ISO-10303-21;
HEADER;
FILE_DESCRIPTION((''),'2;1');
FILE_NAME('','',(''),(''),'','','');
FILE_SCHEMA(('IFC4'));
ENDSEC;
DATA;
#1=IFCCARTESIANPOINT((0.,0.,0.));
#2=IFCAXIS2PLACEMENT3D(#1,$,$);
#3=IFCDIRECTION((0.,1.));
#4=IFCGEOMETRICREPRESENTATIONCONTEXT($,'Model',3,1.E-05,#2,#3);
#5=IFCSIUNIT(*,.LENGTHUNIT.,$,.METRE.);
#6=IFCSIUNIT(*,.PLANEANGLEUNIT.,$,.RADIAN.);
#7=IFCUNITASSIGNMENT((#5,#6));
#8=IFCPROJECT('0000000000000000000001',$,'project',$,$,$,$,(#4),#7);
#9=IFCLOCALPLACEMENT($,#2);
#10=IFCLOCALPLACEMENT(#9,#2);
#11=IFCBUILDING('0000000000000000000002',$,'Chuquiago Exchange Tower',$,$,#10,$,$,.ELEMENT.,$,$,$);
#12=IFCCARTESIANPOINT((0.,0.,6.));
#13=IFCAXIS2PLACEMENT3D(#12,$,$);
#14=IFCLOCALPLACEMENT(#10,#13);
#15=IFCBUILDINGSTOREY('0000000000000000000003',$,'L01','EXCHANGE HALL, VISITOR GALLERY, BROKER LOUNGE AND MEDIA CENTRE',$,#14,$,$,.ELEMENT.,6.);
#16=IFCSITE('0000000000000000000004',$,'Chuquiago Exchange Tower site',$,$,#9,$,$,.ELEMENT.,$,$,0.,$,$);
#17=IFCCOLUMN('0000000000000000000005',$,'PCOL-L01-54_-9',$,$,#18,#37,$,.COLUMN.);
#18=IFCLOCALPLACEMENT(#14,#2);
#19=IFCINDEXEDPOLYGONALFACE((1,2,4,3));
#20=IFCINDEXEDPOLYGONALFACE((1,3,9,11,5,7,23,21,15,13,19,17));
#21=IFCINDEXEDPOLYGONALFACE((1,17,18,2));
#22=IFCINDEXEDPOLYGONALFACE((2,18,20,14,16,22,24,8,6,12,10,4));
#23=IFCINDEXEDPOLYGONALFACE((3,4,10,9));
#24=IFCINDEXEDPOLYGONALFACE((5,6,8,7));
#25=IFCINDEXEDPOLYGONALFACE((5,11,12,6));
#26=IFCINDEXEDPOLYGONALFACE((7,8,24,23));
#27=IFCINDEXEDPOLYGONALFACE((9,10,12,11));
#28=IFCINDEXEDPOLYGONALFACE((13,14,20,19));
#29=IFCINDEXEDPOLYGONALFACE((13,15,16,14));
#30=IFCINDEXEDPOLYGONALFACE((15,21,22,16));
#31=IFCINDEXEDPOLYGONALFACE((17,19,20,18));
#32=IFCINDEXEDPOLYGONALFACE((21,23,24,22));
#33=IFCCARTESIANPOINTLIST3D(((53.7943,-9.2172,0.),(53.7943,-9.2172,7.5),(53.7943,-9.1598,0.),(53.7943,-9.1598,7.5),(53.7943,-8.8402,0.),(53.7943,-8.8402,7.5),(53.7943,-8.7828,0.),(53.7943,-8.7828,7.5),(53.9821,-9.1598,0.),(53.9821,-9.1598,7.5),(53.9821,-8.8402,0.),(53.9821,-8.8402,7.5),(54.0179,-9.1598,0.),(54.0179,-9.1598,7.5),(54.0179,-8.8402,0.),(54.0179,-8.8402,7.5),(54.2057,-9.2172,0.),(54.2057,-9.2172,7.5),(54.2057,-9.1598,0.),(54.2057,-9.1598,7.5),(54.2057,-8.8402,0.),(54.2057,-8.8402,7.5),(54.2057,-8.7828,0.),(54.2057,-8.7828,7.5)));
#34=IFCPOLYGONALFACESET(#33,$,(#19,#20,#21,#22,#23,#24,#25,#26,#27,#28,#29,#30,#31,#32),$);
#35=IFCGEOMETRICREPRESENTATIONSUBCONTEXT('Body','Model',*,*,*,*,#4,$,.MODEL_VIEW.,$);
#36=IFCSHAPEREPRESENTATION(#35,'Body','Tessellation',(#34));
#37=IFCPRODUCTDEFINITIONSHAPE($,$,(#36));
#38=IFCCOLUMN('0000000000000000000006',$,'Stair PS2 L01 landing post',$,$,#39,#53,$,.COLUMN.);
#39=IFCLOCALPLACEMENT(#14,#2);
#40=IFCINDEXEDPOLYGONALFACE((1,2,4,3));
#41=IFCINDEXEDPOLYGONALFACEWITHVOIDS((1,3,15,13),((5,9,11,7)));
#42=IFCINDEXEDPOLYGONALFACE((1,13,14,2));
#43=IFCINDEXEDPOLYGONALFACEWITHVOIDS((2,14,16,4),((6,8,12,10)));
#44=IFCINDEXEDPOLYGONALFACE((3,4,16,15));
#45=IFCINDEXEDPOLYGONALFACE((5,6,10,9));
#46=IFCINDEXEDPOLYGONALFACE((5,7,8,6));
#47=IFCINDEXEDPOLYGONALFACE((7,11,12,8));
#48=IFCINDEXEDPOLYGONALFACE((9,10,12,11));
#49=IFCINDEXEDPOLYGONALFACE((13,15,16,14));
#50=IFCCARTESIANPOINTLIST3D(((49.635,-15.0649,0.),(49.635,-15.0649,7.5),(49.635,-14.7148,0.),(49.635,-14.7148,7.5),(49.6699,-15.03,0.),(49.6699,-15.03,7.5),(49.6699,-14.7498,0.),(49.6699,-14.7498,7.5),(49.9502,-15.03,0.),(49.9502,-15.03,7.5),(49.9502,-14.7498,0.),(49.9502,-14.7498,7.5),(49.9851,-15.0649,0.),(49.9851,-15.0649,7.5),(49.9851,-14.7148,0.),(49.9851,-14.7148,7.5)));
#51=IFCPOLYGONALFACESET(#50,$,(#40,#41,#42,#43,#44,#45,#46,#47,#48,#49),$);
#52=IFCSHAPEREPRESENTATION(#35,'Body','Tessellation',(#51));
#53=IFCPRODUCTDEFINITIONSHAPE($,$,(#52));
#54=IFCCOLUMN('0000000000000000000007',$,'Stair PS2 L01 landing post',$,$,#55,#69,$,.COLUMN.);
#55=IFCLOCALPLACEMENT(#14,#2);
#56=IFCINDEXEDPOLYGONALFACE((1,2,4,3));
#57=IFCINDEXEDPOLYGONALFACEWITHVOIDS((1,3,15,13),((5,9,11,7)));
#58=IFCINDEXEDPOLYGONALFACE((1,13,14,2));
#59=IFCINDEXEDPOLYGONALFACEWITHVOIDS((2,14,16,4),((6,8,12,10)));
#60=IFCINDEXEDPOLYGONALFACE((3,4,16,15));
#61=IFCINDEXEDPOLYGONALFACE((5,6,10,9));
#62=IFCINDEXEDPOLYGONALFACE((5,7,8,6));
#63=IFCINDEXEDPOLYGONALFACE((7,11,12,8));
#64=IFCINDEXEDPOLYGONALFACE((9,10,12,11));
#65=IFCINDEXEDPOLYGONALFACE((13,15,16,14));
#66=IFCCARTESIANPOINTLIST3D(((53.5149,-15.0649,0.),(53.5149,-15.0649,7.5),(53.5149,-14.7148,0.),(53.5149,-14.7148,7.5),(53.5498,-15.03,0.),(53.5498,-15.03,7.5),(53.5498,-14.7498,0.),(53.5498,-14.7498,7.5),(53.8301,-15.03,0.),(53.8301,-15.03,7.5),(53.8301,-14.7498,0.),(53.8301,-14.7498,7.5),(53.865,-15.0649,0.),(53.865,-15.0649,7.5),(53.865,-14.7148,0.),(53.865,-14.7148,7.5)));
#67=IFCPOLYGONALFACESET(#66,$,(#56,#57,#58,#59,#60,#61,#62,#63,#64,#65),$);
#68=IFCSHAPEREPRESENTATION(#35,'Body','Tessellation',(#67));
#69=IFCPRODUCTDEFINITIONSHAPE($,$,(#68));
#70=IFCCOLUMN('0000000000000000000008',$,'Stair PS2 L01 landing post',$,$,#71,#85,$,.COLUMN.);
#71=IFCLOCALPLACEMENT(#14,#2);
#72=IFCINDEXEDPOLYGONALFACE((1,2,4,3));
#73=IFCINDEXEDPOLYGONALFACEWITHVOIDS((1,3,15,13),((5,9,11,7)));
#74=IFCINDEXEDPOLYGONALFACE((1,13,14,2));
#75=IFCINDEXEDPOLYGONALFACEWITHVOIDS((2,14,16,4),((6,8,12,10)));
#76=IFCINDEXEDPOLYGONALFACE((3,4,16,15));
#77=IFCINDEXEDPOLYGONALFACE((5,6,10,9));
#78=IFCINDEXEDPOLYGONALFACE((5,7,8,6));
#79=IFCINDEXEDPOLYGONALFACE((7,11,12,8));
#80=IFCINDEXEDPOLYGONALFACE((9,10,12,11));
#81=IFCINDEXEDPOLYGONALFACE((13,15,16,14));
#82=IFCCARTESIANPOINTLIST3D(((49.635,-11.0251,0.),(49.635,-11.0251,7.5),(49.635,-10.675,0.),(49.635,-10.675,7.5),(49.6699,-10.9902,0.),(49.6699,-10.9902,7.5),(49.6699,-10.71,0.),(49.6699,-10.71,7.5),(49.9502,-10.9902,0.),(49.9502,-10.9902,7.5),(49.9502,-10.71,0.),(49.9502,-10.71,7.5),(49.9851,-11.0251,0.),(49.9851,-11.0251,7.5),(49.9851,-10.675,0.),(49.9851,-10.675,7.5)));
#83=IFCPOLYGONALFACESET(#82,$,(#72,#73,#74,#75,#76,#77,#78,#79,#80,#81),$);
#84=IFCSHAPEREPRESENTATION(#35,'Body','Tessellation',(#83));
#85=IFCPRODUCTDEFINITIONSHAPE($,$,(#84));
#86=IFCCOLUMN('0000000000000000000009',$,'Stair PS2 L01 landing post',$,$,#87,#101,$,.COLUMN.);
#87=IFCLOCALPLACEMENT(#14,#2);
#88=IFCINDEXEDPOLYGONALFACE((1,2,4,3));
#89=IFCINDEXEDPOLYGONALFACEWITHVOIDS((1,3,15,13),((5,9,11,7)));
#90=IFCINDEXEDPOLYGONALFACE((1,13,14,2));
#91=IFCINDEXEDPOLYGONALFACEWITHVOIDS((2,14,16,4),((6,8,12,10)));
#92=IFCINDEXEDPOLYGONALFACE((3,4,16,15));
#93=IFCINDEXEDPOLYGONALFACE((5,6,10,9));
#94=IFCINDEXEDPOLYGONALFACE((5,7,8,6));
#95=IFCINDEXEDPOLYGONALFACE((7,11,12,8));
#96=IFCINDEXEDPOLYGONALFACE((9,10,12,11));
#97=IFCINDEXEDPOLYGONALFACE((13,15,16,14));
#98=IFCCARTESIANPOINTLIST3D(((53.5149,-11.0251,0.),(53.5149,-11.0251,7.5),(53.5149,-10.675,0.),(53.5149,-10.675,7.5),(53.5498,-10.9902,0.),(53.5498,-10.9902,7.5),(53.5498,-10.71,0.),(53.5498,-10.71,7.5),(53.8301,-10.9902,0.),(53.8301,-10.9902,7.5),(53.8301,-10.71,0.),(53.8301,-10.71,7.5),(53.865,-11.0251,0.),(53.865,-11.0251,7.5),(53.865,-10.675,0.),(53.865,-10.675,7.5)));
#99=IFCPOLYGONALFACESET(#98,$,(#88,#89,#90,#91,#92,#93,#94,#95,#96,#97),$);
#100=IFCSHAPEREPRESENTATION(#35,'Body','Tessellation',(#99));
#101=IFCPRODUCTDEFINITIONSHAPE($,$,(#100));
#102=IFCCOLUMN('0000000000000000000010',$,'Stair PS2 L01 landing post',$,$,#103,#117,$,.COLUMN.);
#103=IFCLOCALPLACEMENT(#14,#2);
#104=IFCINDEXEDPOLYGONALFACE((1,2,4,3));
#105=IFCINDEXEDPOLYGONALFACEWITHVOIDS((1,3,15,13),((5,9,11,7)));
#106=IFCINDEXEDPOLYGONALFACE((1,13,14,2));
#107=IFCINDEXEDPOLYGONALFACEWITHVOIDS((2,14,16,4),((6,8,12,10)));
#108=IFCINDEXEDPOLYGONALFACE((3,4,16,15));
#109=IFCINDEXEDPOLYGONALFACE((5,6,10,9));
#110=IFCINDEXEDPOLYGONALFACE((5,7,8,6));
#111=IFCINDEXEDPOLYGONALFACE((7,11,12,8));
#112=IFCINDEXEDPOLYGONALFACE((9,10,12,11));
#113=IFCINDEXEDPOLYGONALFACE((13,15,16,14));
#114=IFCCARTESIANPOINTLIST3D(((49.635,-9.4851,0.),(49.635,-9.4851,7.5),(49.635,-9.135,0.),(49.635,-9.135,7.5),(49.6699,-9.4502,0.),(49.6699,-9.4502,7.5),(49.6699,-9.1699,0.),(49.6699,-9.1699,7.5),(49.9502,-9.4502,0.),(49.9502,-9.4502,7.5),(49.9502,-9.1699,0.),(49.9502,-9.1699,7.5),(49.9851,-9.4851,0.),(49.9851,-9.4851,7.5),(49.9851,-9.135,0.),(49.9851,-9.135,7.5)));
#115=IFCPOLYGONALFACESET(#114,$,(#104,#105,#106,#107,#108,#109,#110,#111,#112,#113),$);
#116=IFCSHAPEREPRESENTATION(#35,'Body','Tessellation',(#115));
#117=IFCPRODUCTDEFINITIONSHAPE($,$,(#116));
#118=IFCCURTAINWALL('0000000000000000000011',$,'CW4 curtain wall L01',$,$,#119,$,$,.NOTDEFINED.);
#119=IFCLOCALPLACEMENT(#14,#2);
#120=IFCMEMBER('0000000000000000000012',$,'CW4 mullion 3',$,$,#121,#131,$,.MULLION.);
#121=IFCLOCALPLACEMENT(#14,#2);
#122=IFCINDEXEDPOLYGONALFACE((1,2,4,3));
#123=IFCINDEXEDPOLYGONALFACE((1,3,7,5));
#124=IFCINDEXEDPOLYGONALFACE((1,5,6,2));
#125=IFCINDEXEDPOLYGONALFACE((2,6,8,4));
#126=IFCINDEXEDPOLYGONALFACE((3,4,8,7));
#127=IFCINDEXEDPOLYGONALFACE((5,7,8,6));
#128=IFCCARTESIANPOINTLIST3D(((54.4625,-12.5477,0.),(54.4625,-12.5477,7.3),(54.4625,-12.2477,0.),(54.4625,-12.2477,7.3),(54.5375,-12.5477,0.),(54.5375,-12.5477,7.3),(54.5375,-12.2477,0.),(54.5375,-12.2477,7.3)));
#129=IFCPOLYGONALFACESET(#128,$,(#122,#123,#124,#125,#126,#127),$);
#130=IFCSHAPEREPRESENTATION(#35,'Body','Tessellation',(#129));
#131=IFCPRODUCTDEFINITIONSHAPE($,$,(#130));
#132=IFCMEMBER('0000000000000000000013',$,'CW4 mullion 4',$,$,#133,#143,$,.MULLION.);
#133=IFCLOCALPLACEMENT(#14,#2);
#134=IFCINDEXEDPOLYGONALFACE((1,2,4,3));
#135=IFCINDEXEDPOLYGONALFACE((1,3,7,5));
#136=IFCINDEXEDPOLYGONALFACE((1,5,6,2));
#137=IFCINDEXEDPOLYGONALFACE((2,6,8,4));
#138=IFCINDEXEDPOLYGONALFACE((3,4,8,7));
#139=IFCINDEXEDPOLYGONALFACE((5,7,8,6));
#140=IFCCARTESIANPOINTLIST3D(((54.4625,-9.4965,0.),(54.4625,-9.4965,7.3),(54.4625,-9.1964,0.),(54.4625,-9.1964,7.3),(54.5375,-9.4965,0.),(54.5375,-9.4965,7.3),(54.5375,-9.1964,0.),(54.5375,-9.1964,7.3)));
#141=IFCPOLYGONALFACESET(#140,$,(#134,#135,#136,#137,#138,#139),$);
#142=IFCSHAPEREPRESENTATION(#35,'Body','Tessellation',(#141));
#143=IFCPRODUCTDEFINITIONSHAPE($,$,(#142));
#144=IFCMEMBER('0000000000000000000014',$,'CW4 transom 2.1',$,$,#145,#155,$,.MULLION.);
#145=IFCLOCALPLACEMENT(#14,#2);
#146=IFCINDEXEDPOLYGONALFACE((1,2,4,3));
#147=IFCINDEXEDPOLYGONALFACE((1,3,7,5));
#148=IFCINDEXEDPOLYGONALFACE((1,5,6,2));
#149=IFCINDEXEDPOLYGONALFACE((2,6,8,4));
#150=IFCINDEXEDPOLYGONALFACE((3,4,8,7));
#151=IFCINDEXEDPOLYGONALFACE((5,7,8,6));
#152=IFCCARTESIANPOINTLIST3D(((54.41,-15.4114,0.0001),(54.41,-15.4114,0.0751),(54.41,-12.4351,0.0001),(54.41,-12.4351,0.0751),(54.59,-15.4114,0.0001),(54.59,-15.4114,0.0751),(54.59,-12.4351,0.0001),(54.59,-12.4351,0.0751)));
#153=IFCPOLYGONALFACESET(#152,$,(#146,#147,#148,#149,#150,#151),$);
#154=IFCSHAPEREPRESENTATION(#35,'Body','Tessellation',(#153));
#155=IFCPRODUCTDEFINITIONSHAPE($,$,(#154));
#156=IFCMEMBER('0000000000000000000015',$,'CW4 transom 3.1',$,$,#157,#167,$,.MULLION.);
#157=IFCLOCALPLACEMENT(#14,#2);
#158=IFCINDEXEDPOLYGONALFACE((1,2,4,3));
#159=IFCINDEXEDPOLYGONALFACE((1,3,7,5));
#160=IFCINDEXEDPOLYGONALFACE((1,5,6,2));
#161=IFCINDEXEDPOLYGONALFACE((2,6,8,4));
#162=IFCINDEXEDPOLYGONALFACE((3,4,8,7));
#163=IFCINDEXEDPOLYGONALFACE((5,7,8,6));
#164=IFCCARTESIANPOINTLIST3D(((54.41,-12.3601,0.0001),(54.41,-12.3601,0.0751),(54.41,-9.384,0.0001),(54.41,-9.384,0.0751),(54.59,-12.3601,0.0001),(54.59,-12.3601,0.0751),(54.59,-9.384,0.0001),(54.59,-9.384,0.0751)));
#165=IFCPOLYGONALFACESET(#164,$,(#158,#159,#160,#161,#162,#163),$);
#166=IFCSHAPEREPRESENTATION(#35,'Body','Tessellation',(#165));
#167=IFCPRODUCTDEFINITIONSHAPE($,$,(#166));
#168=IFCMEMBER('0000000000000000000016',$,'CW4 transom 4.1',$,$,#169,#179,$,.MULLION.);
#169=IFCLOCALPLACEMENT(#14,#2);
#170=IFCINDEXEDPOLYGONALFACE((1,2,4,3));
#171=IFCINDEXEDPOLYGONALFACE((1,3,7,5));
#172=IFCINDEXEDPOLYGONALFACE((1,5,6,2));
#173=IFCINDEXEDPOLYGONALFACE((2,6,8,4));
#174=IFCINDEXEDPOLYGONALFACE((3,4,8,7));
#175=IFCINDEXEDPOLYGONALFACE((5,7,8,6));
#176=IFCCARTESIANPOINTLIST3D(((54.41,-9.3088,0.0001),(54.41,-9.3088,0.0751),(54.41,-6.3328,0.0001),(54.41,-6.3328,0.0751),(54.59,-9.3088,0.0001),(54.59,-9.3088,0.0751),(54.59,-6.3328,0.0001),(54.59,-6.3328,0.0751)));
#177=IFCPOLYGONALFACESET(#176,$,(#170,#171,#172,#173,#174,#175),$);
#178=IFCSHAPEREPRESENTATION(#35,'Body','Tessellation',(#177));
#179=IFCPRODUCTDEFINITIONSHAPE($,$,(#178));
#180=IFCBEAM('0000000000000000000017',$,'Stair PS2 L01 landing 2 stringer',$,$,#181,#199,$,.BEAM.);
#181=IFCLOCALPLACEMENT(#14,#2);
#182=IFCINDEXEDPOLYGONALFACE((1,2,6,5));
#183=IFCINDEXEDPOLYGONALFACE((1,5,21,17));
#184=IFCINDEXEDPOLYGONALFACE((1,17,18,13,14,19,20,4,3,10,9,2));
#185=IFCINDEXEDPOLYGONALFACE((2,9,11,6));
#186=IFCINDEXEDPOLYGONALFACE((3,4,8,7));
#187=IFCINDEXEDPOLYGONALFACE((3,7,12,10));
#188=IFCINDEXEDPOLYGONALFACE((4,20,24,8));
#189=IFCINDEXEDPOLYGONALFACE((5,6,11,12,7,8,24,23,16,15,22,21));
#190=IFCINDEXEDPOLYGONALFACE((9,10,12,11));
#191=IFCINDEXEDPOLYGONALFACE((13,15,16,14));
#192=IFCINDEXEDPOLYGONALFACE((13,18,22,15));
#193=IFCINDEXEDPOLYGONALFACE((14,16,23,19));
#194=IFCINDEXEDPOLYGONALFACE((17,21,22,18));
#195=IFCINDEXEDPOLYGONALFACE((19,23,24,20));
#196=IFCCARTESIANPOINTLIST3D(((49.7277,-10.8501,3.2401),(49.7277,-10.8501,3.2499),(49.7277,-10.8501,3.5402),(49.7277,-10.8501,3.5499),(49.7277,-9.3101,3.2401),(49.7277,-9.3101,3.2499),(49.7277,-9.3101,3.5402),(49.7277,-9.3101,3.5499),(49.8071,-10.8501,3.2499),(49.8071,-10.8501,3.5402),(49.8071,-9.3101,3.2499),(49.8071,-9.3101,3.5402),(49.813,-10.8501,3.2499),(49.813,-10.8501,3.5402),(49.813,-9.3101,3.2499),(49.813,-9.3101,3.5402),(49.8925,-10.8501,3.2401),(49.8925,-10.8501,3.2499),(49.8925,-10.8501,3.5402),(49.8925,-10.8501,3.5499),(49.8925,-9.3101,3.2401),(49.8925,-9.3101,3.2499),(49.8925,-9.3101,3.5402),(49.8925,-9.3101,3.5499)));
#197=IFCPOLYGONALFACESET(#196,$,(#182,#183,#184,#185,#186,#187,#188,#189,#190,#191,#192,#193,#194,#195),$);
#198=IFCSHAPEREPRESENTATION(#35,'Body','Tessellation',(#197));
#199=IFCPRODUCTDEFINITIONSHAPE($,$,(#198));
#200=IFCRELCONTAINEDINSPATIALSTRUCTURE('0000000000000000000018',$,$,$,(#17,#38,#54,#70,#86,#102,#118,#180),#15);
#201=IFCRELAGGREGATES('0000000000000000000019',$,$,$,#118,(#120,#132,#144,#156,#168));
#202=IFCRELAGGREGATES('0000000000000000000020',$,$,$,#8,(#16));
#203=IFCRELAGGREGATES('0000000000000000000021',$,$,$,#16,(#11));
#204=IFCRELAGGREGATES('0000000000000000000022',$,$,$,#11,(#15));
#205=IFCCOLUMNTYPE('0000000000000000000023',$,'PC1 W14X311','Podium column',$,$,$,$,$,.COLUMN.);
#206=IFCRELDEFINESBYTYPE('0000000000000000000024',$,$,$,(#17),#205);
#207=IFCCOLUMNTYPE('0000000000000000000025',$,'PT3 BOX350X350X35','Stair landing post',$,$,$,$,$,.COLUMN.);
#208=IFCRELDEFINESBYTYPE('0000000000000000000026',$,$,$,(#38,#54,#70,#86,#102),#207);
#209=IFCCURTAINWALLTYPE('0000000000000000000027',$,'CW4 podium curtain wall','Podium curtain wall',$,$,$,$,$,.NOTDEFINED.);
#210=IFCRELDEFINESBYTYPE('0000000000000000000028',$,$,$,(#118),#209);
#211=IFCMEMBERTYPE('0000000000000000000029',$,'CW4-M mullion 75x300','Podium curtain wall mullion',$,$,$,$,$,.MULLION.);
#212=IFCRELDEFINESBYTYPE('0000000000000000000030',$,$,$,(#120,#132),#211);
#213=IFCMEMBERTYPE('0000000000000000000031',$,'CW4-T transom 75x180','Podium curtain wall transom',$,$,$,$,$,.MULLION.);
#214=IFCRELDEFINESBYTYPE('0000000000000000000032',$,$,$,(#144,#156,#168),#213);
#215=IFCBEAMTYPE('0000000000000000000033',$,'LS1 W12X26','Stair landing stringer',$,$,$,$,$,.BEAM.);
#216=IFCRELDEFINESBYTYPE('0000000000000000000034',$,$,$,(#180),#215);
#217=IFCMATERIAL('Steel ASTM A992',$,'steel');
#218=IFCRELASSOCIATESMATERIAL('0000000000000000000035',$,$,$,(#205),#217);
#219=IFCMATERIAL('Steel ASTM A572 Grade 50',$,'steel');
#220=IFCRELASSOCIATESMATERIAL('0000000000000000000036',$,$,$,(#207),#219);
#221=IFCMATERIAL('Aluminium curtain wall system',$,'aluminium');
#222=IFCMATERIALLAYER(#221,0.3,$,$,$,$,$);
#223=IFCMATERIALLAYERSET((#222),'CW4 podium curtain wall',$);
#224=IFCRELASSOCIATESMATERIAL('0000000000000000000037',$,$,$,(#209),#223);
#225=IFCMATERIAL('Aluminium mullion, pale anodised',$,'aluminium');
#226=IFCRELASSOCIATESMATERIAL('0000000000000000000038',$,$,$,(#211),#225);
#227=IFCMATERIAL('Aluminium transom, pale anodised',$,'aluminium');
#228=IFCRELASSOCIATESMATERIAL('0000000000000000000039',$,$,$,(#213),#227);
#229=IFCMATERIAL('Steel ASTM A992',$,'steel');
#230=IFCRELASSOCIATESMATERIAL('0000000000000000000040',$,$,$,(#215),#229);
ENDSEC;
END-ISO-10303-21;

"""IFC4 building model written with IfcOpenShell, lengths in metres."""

from ifc_helpers import new_model, si_unit, direction, frame, origin, origin_2d, place, context, subcontext, project, spatial, rectangle, hollow_rectangle, i_section, extrude, material, layer, layer_set, material_profile, profile_set, type_object, element, aggregate, save


model = new_model("IFC4")

# Units and contexts
model_context = context("Model", 3, precision=1e-05, world=origin(), true_north=direction((0.0, 1.0)))
body_context = subcontext(model_context, "Body", "Model", "MODEL_VIEW")
ifc_project = project(units=[si_unit("LENGTHUNIT", "METRE"), si_unit("PLANEANGLEUNIT", "RADIAN")], contexts=[model_context])

# Site, building, storey
site_placement = place(None, origin())
site = spatial("IfcSite", under=ifc_project, at=site_placement, Name="Chuquiago Exchange Tower site", CompositionType="ELEMENT", RefElevation=0.0)
building_placement = place(site_placement, origin())
building = spatial("IfcBuilding", under=site, at=building_placement, Name="Chuquiago Exchange Tower", CompositionType="ELEMENT")
storey_placement = place(building_placement, frame((0.0, 0.0, 6.0)))
storey = spatial("IfcBuildingStorey", under=building, at=storey_placement, Name="L01", Description="EXCHANGE HALL, VISITOR GALLERY, BROKER LOUNGE AND MEDIA CENTRE", CompositionType="ELEMENT", Elevation=6.0)

# Columns
ifc_material_1 = material(Name="Steel ASTM A992", Category="steel")
ifc_material_profile_1 = material_profile(ifc_material_1, i_section(OverallWidth=0.4114, OverallDepth=0.4343, WebThickness=0.0359, FlangeThickness=0.0574, at=origin_2d()), Name="W14X311")
ifc_profile_set_1 = profile_set([ifc_material_profile_1], Name="Steel ASTM A992")
column_type_1 = type_object("IfcColumnType", Name="PC1 W14X311", Description="Podium column", PredefinedType="COLUMN", material=ifc_profile_set_1)
column_placement = place(storey_placement, frame((54.0, -9.0, 0.0), z_axis=(0.0, 0.0, 1.0), x_axis=(1.0, 0.0, 0.0)))
element("IfcColumn", 1, at=column_placement, inside=storey, type_object=column_type_1, Name="PCOL-L01-54_-9", PredefinedType="COLUMN", context=body_context, shape_type="SweptSolid", body=[
    extrude(i_section(OverallWidth=0.4114, OverallDepth=0.4343, WebThickness=0.0359, FlangeThickness=0.0574, at=origin_2d()), origin(), (0.0, 0.0, 1.0), 7.5),
])
ifc_material_2 = material(Name="Steel ASTM A572 Grade 50", Category="steel")
ifc_material_profile_2 = material_profile(ifc_material_2, hollow_rectangle(XDim=0.3501, YDim=0.3501, WallThickness=0.0349, at=origin_2d()), Name="BOX350X350X35")
ifc_profile_set_2 = profile_set([ifc_material_profile_2], Name="Steel ASTM A572 Grade 50")
column_type_2 = type_object("IfcColumnType", Name="PT3 BOX350X350X35", Description="Stair landing post", PredefinedType="COLUMN", material=ifc_profile_set_2)
for number, where, z_axis, x_axis, name in (
    (2, (49.8101, -14.8899, 0.0), (0.0, 0.0, 1.0), (1.0, 0.0, 0.0), "Stair PS2 L01 landing post"),
    (3, (53.6899, -14.8899, 0.0), (0.0, 0.0, 1.0), (1.0, 0.0, 0.0), "Stair PS2 L01 landing post"),
    (4, (49.8101, -10.8501, 0.0), (0.0, 0.0, 1.0), (1.0, 0.0, 0.0), "Stair PS2 L01 landing post"),
    (5, (53.6899, -10.8501, 0.0), (0.0, 0.0, 1.0), (1.0, 0.0, 0.0), "Stair PS2 L01 landing post"),
    (6, (49.8101, -9.3101, 0.0), (0.0, 0.0, 1.0), (1.0, 0.0, 0.0), "Stair PS2 L01 landing post"),
):
    element("IfcColumn", number, at=place(storey_placement, frame(where, z_axis=z_axis, x_axis=x_axis)), inside=storey, type_object=column_type_2, Name=name, PredefinedType="COLUMN", context=body_context, shape_type="SweptSolid", body=[
        extrude(hollow_rectangle(XDim=0.3501, YDim=0.3501, WallThickness=0.0349, at=origin_2d()), origin(), (0.0, 0.0, 1.0), 7.5),
    ])

# Curtain wall, members
ifc_material_3 = material(Name="Aluminium curtain wall system", Category="aluminium")
ifc_layer_1 = layer(ifc_material_3, 0.3)
ifc_layer_set_1 = layer_set([ifc_layer_1], Name="CW4 podium curtain wall")
curtain_wall_type = type_object("IfcCurtainWallType", Name="CW4 podium curtain wall", Description="Podium curtain wall", PredefinedType="NOTDEFINED", material=ifc_layer_set_1)
curtain_wall_placement = place(storey_placement, origin())
curtain_wall = element("IfcCurtainWall", 7, at=curtain_wall_placement, inside=storey, type_object=curtain_wall_type, Name="CW4 curtain wall L01", PredefinedType="NOTDEFINED")
ifc_material_4 = material(Name="Aluminium mullion, pale anodised", Category="aluminium")
ifc_material_profile_3 = material_profile(ifc_material_4, rectangle(XDim=0.075, YDim=0.3, at=origin_2d()), Name="AL 75x300")
ifc_profile_set_3 = profile_set([ifc_material_profile_3], Name="Aluminium mullion, pale anodised")
member_type_1 = type_object("IfcMemberType", Name="CW4-M mullion 75x300", Description="Podium curtain wall mullion", PredefinedType="MULLION", material=ifc_profile_set_3)
member_1_placement = place(storey_placement, frame((54.5, -12.3977, 0.0), z_axis=(0.0, 0.0, 1.0), x_axis=(-1.0, 0.0, 0.0)))
member_1 = element("IfcMember", 8, at=member_1_placement, type_object=member_type_1, Name="CW4 mullion 3", PredefinedType="MULLION", context=body_context, shape_type="SweptSolid", body=[
    extrude(rectangle(XDim=0.075, YDim=0.3, at=origin_2d()), origin(), (0.0, 0.0, 1.0), 7.3),
])
member_2_placement = place(storey_placement, frame((54.5, -9.3464, 0.0), z_axis=(0.0, 0.0, 1.0), x_axis=(-1.0, 0.0, 0.0)))
member_2 = element("IfcMember", 9, at=member_2_placement, type_object=member_type_1, Name="CW4 mullion 4", PredefinedType="MULLION", context=body_context, shape_type="SweptSolid", body=[
    extrude(rectangle(XDim=0.075, YDim=0.3, at=origin_2d()), origin(), (0.0, 0.0, 1.0), 7.3),
])
ifc_material_5 = material(Name="Aluminium transom, pale anodised", Category="aluminium")
ifc_material_profile_4 = material_profile(ifc_material_5, rectangle(XDim=0.1799, YDim=0.075, at=origin_2d()), Name="AL 180x75")
ifc_profile_set_4 = profile_set([ifc_material_profile_4], Name="Aluminium transom, pale anodised")
member_type_2 = type_object("IfcMemberType", Name="CW4-T transom 75x180", Description="Podium curtain wall transom", PredefinedType="MULLION", material=ifc_profile_set_4)
member_3_placement = place(storey_placement, frame((54.5, -15.4114, 0.0376), z_axis=(0.0, 1.0, 0.0), x_axis=(-1.0, 0.0, 0.0)))
member_3 = element("IfcMember", 10, at=member_3_placement, type_object=member_type_2, Name="CW4 transom 2.1", PredefinedType="MULLION", context=body_context, shape_type="SweptSolid", body=[
    extrude(rectangle(XDim=0.1799, YDim=0.075, at=origin_2d()), origin(), (0.0, 0.0, 1.0), 2.9763),
])
member_4_placement = place(storey_placement, frame((54.5, -12.3601, 0.0376), z_axis=(0.0, 1.0, 0.0), x_axis=(-1.0, 0.0, 0.0)))
member_4 = element("IfcMember", 11, at=member_4_placement, type_object=member_type_2, Name="CW4 transom 3.1", PredefinedType="MULLION", context=body_context, shape_type="SweptSolid", body=[
    extrude(rectangle(XDim=0.1799, YDim=0.075, at=origin_2d()), origin(), (0.0, 0.0, 1.0), 2.9761),
])
member_5_placement = place(storey_placement, frame((54.5, -9.3088, 0.0376), z_axis=(0.0, 1.0, 0.0), x_axis=(-1.0, 0.0, 0.0)))
member_5 = element("IfcMember", 12, at=member_5_placement, type_object=member_type_2, Name="CW4 transom 4.1", PredefinedType="MULLION", context=body_context, shape_type="SweptSolid", body=[
    extrude(rectangle(XDim=0.1799, YDim=0.075, at=origin_2d()), origin(), (0.0, 0.0, 1.0), 2.9761),
])

# Beam
ifc_material_6 = material(Name="Steel ASTM A992", Category="steel")
ifc_material_profile_5 = material_profile(ifc_material_6, i_section(OverallWidth=0.1648, OverallDepth=0.3098, WebThickness=0.0059, FlangeThickness=0.0098, at=origin_2d()), Name="W12X26")
ifc_profile_set_5 = profile_set([ifc_material_profile_5], Name="Steel ASTM A992")
beam_type_1 = type_object("IfcBeamType", Name="LS1 W12X26", Description="Stair landing stringer", PredefinedType="BEAM", material=ifc_profile_set_5)
for number, where, z_axis, x_axis, name in (
    (13, (49.8101, -10.8501, 3.395), (0.0, 1.0, 0.0), (-1.0, 0.0, 0.0), "Stair PS2 L01 landing 2 stringer"),
):
    element("IfcBeam", number, at=place(storey_placement, frame(where, z_axis=z_axis, x_axis=x_axis)), inside=storey, type_object=beam_type_1, Name=name, PredefinedType="BEAM", context=body_context, shape_type="SweptSolid", body=[
        extrude(i_section(OverallWidth=0.1648, OverallDepth=0.3098, WebThickness=0.0059, FlangeThickness=0.0098, at=origin_2d()), origin(), (0.0, 0.0, 1.0), 1.54),
    ])

aggregate(curtain_wall, [member_1, member_2, member_3, member_4, member_5])

save(model, "model.ifc")
